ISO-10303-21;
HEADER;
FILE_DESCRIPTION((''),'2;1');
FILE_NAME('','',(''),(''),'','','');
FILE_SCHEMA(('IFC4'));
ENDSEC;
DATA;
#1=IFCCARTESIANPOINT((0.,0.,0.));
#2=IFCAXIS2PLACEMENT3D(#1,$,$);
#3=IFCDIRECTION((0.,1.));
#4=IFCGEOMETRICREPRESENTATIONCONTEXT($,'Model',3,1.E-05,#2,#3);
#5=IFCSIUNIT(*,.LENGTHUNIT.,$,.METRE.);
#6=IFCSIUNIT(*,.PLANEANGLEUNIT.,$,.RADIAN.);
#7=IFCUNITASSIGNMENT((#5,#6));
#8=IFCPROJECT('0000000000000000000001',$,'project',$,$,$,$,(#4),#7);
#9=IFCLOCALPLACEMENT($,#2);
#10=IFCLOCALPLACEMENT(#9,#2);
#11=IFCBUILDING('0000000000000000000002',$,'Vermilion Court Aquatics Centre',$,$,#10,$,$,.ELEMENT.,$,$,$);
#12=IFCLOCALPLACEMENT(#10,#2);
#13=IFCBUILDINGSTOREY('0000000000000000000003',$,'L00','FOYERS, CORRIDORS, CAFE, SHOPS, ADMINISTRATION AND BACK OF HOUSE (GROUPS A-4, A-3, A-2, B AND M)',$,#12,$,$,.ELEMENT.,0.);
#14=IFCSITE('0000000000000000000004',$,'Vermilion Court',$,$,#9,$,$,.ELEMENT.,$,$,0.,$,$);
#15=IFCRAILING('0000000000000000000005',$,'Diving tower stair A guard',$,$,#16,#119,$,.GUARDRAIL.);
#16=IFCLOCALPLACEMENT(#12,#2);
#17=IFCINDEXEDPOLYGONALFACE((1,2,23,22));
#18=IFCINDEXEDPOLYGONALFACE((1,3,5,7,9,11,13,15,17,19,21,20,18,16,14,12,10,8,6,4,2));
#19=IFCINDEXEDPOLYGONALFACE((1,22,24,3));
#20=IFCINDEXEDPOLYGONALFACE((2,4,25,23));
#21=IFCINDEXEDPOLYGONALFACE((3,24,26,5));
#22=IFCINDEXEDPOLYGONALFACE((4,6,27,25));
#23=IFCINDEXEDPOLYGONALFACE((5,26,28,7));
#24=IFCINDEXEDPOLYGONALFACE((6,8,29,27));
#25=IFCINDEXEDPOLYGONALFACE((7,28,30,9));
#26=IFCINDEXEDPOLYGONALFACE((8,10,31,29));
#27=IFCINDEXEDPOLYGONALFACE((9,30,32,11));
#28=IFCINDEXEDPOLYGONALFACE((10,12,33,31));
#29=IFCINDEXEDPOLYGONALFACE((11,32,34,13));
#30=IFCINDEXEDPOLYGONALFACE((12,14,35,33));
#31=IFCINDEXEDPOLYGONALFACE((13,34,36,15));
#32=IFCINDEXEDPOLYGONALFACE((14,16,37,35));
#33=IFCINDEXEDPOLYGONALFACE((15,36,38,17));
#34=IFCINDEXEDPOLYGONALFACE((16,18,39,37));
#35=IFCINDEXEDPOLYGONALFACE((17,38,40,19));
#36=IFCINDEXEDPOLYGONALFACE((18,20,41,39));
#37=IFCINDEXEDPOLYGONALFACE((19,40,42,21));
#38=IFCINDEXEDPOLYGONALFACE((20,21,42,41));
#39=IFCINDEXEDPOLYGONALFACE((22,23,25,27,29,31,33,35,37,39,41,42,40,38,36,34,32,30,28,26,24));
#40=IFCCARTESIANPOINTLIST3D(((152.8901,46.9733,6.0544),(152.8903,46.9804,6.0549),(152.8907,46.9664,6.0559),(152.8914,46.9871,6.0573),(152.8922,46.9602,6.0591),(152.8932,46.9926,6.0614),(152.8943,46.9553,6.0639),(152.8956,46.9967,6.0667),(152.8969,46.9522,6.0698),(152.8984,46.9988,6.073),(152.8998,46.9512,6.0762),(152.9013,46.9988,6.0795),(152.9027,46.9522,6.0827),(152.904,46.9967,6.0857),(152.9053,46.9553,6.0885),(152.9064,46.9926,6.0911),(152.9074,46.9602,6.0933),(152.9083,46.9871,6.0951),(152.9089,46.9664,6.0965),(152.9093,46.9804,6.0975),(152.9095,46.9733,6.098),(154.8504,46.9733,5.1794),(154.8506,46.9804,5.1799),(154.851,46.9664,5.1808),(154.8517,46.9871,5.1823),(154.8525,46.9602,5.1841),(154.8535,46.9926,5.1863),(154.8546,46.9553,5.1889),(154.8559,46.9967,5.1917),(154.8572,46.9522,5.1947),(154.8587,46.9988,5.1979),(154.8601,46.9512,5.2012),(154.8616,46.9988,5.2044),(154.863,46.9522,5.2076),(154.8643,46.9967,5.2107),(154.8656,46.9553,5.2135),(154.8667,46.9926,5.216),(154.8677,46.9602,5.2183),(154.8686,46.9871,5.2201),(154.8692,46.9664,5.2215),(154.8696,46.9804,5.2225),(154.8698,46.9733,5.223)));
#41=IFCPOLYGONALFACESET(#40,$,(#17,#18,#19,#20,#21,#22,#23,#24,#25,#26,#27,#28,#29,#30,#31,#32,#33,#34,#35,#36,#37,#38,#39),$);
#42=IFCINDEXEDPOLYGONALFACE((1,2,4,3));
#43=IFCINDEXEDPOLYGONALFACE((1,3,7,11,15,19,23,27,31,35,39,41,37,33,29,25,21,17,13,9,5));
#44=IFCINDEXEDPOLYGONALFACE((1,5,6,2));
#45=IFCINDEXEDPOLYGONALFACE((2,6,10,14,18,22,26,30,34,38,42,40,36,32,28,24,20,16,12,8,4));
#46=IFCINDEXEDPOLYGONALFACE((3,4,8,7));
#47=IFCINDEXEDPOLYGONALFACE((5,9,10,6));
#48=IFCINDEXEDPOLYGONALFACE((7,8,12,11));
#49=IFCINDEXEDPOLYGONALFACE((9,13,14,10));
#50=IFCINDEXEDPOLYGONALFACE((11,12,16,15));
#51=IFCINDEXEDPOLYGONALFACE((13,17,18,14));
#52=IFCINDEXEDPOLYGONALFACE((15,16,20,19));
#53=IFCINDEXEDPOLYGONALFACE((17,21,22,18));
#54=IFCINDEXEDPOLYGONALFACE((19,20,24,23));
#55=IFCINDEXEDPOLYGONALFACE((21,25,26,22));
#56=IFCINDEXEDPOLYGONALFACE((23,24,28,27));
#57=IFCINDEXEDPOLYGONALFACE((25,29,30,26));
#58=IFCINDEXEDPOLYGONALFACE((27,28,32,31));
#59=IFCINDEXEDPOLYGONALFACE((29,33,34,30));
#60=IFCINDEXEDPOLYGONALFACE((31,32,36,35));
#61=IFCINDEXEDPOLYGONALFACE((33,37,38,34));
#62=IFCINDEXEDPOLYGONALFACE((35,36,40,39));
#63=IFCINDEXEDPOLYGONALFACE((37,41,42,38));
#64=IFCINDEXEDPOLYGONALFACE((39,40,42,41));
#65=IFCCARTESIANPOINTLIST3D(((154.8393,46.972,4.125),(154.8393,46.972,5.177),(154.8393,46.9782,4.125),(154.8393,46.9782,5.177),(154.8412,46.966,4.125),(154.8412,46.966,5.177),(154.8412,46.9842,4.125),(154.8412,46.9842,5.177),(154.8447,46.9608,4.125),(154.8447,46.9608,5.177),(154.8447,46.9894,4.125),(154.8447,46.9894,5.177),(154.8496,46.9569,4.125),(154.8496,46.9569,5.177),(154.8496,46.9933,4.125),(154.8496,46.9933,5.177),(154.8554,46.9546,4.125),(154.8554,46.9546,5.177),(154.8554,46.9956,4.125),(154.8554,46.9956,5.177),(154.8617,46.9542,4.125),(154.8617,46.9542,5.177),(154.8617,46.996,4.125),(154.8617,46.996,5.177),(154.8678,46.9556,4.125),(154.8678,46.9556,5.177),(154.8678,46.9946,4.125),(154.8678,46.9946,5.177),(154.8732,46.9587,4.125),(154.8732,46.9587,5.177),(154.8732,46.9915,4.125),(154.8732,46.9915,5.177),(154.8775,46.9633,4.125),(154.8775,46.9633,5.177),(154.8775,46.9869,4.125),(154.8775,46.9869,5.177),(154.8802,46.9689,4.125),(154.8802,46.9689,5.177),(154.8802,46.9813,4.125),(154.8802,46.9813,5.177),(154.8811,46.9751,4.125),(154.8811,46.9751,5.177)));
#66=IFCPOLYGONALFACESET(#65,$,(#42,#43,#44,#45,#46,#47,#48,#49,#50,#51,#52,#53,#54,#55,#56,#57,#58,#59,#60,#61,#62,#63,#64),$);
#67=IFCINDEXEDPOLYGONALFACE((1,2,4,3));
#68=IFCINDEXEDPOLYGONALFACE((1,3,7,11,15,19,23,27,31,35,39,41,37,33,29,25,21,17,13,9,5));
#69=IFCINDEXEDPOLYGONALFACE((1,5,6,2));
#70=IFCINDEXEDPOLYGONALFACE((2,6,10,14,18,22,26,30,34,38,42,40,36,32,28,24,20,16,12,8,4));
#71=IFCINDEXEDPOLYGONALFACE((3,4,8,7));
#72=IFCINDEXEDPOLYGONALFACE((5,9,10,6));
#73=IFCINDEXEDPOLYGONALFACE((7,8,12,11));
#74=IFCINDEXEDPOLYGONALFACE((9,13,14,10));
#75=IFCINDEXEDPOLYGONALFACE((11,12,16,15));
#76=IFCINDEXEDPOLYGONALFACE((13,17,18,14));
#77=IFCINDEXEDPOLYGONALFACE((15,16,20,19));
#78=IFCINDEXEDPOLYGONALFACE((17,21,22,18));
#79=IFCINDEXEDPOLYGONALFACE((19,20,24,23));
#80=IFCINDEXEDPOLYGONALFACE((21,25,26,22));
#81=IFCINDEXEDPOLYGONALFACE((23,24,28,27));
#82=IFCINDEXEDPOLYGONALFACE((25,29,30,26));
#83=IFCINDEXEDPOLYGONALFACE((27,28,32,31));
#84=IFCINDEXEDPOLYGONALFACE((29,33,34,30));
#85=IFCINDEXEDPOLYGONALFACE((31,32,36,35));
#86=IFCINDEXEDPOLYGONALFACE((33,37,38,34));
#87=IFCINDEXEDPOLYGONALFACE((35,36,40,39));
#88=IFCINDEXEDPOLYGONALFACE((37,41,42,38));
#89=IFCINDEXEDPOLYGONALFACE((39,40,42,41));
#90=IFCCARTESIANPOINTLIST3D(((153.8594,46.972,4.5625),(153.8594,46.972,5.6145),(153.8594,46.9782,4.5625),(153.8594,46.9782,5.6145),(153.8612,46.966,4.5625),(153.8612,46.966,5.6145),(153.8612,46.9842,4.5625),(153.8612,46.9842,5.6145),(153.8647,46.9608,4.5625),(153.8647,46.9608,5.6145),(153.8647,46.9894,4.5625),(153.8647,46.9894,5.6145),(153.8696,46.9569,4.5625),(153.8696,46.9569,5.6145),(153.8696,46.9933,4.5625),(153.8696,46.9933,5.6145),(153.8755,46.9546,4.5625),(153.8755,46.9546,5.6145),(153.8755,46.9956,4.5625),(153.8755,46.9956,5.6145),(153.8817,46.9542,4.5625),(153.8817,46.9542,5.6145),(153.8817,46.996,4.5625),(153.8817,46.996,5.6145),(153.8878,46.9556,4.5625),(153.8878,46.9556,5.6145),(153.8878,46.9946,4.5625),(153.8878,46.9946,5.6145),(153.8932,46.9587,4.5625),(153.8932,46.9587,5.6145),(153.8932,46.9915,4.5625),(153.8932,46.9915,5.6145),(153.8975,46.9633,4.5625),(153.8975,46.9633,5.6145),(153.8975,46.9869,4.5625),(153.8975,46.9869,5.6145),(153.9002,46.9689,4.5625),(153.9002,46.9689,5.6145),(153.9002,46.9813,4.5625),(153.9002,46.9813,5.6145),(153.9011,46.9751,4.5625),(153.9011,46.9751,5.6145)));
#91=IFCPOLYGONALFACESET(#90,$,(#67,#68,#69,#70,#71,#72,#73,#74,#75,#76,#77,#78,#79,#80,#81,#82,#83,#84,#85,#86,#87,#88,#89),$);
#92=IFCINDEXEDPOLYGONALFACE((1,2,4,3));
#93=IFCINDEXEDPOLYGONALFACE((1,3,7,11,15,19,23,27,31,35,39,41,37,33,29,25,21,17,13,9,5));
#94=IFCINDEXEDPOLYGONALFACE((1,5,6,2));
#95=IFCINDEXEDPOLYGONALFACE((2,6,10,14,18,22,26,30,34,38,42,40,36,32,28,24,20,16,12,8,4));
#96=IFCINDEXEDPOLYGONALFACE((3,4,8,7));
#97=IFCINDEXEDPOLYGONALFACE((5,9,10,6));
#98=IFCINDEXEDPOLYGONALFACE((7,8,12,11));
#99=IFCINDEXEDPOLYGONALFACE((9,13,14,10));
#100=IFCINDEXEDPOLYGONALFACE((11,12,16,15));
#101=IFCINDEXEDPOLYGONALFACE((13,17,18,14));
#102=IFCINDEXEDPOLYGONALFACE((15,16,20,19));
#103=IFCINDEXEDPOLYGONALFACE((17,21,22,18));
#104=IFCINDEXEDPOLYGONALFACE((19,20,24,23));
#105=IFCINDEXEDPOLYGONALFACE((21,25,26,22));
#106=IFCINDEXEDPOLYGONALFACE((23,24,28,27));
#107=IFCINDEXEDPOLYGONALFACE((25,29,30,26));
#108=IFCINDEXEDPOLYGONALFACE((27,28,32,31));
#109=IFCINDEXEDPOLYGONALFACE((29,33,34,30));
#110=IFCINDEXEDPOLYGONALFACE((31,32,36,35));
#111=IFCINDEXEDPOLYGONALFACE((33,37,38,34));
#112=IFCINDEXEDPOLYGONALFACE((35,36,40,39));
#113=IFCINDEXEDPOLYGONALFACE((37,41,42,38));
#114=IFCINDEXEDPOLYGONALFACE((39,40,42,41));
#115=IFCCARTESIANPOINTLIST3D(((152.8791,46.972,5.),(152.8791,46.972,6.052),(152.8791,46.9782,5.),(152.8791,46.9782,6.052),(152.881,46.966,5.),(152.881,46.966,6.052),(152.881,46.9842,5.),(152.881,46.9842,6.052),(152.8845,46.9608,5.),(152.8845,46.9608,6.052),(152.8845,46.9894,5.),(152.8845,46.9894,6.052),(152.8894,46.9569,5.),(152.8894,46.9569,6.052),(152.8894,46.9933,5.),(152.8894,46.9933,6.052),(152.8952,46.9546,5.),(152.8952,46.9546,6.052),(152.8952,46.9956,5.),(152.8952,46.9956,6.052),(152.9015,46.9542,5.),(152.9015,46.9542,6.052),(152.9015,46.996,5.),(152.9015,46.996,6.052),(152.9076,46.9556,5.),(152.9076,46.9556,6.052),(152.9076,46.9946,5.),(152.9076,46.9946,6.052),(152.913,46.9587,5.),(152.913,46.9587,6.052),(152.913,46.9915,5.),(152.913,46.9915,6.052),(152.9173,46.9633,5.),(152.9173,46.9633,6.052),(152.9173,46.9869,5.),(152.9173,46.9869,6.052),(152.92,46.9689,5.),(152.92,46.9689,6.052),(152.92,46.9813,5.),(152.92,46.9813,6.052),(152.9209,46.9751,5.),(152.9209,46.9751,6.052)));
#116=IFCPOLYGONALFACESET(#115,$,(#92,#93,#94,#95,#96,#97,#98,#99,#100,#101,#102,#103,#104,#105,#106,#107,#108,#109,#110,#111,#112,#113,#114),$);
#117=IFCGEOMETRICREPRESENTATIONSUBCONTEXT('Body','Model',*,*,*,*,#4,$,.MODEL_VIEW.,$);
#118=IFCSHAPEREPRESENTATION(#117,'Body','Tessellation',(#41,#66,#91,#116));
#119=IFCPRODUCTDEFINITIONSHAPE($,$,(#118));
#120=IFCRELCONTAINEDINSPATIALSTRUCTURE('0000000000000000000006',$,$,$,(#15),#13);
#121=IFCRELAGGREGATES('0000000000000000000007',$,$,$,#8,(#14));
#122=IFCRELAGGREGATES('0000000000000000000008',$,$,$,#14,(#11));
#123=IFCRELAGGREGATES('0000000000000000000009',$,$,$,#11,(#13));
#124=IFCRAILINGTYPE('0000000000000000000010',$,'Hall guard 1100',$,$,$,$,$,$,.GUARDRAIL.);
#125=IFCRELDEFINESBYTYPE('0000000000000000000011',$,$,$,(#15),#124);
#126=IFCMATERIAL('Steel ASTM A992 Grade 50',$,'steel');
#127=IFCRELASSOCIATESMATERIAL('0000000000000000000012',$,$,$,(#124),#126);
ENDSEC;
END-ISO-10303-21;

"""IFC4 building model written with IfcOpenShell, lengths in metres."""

from ifc_helpers import new_model, si_unit, direction, frame, origin, origin_2d, place, context, subcontext, project, spatial, circle, extrude, material, type_object, element, save


model = new_model("IFC4")

# Units and contexts
model_context = context("Model", 3, precision=1e-05, world=origin(), true_north=direction((0.0, 1.0)))
body_context = subcontext(model_context, "Body", "Model", "MODEL_VIEW")
ifc_project = project(units=[si_unit("LENGTHUNIT", "METRE"), si_unit("PLANEANGLEUNIT", "RADIAN")], contexts=[model_context])

# Site, building, storey
site_placement = place(None, origin())
site = spatial("IfcSite", under=ifc_project, at=site_placement, Name="Vermilion Court", CompositionType="ELEMENT", RefElevation=0.0)
building_placement = place(site_placement, origin())
building = spatial("IfcBuilding", under=site, at=building_placement, Name="Vermilion Court Aquatics Centre", CompositionType="ELEMENT")
storey_placement = place(building_placement, origin())
storey = spatial("IfcBuildingStorey", under=building, at=storey_placement, Name="L00", Description="FOYERS, CORRIDORS, CAFE, SHOPS, ADMINISTRATION AND BACK OF HOUSE (GROUPS A-4, A-3, A-2, B AND M)", CompositionType="ELEMENT", Elevation=0.0)

# Railing
ifc_material_1 = material(Name="Steel ASTM A992 Grade 50", Category="steel")
railing_type = type_object("IfcRailingType", Name="Hall guard 1100", PredefinedType="GUARDRAIL", material=ifc_material_1)
railing_placement = place(storey_placement, frame((154.8601, 46.9751, 4.125)))
element("IfcRailing", 1, at=railing_placement, inside=storey, type_object=railing_type, Name="Diving tower stair A guard", PredefinedType="GUARDRAIL", context=body_context, shape_type="SweptSolid", body=[
    extrude(circle(Radius=0.0239, at=origin_2d()), frame((0.0, 0.0, 1.0762), z_axis=(-0.913154, 0.0, 0.407615), x_axis=(0.0, -1.0, 0.0)), (0.0, 0.0, 1.0), 2.1467),
    extrude(circle(Radius=0.021, at=origin_2d()), origin(), (0.0, 0.0, 1.0), 1.052),
    extrude(circle(Radius=0.021, at=origin_2d()), frame((-0.98, 0.0, 0.4375)), (0.0, 0.0, 1.0), 1.052),
    extrude(circle(Radius=0.021, at=origin_2d()), frame((-1.9602, 0.0, 0.875)), (0.0, 0.0, 1.0), 1.052),
])

save(model, "model.ifc")
